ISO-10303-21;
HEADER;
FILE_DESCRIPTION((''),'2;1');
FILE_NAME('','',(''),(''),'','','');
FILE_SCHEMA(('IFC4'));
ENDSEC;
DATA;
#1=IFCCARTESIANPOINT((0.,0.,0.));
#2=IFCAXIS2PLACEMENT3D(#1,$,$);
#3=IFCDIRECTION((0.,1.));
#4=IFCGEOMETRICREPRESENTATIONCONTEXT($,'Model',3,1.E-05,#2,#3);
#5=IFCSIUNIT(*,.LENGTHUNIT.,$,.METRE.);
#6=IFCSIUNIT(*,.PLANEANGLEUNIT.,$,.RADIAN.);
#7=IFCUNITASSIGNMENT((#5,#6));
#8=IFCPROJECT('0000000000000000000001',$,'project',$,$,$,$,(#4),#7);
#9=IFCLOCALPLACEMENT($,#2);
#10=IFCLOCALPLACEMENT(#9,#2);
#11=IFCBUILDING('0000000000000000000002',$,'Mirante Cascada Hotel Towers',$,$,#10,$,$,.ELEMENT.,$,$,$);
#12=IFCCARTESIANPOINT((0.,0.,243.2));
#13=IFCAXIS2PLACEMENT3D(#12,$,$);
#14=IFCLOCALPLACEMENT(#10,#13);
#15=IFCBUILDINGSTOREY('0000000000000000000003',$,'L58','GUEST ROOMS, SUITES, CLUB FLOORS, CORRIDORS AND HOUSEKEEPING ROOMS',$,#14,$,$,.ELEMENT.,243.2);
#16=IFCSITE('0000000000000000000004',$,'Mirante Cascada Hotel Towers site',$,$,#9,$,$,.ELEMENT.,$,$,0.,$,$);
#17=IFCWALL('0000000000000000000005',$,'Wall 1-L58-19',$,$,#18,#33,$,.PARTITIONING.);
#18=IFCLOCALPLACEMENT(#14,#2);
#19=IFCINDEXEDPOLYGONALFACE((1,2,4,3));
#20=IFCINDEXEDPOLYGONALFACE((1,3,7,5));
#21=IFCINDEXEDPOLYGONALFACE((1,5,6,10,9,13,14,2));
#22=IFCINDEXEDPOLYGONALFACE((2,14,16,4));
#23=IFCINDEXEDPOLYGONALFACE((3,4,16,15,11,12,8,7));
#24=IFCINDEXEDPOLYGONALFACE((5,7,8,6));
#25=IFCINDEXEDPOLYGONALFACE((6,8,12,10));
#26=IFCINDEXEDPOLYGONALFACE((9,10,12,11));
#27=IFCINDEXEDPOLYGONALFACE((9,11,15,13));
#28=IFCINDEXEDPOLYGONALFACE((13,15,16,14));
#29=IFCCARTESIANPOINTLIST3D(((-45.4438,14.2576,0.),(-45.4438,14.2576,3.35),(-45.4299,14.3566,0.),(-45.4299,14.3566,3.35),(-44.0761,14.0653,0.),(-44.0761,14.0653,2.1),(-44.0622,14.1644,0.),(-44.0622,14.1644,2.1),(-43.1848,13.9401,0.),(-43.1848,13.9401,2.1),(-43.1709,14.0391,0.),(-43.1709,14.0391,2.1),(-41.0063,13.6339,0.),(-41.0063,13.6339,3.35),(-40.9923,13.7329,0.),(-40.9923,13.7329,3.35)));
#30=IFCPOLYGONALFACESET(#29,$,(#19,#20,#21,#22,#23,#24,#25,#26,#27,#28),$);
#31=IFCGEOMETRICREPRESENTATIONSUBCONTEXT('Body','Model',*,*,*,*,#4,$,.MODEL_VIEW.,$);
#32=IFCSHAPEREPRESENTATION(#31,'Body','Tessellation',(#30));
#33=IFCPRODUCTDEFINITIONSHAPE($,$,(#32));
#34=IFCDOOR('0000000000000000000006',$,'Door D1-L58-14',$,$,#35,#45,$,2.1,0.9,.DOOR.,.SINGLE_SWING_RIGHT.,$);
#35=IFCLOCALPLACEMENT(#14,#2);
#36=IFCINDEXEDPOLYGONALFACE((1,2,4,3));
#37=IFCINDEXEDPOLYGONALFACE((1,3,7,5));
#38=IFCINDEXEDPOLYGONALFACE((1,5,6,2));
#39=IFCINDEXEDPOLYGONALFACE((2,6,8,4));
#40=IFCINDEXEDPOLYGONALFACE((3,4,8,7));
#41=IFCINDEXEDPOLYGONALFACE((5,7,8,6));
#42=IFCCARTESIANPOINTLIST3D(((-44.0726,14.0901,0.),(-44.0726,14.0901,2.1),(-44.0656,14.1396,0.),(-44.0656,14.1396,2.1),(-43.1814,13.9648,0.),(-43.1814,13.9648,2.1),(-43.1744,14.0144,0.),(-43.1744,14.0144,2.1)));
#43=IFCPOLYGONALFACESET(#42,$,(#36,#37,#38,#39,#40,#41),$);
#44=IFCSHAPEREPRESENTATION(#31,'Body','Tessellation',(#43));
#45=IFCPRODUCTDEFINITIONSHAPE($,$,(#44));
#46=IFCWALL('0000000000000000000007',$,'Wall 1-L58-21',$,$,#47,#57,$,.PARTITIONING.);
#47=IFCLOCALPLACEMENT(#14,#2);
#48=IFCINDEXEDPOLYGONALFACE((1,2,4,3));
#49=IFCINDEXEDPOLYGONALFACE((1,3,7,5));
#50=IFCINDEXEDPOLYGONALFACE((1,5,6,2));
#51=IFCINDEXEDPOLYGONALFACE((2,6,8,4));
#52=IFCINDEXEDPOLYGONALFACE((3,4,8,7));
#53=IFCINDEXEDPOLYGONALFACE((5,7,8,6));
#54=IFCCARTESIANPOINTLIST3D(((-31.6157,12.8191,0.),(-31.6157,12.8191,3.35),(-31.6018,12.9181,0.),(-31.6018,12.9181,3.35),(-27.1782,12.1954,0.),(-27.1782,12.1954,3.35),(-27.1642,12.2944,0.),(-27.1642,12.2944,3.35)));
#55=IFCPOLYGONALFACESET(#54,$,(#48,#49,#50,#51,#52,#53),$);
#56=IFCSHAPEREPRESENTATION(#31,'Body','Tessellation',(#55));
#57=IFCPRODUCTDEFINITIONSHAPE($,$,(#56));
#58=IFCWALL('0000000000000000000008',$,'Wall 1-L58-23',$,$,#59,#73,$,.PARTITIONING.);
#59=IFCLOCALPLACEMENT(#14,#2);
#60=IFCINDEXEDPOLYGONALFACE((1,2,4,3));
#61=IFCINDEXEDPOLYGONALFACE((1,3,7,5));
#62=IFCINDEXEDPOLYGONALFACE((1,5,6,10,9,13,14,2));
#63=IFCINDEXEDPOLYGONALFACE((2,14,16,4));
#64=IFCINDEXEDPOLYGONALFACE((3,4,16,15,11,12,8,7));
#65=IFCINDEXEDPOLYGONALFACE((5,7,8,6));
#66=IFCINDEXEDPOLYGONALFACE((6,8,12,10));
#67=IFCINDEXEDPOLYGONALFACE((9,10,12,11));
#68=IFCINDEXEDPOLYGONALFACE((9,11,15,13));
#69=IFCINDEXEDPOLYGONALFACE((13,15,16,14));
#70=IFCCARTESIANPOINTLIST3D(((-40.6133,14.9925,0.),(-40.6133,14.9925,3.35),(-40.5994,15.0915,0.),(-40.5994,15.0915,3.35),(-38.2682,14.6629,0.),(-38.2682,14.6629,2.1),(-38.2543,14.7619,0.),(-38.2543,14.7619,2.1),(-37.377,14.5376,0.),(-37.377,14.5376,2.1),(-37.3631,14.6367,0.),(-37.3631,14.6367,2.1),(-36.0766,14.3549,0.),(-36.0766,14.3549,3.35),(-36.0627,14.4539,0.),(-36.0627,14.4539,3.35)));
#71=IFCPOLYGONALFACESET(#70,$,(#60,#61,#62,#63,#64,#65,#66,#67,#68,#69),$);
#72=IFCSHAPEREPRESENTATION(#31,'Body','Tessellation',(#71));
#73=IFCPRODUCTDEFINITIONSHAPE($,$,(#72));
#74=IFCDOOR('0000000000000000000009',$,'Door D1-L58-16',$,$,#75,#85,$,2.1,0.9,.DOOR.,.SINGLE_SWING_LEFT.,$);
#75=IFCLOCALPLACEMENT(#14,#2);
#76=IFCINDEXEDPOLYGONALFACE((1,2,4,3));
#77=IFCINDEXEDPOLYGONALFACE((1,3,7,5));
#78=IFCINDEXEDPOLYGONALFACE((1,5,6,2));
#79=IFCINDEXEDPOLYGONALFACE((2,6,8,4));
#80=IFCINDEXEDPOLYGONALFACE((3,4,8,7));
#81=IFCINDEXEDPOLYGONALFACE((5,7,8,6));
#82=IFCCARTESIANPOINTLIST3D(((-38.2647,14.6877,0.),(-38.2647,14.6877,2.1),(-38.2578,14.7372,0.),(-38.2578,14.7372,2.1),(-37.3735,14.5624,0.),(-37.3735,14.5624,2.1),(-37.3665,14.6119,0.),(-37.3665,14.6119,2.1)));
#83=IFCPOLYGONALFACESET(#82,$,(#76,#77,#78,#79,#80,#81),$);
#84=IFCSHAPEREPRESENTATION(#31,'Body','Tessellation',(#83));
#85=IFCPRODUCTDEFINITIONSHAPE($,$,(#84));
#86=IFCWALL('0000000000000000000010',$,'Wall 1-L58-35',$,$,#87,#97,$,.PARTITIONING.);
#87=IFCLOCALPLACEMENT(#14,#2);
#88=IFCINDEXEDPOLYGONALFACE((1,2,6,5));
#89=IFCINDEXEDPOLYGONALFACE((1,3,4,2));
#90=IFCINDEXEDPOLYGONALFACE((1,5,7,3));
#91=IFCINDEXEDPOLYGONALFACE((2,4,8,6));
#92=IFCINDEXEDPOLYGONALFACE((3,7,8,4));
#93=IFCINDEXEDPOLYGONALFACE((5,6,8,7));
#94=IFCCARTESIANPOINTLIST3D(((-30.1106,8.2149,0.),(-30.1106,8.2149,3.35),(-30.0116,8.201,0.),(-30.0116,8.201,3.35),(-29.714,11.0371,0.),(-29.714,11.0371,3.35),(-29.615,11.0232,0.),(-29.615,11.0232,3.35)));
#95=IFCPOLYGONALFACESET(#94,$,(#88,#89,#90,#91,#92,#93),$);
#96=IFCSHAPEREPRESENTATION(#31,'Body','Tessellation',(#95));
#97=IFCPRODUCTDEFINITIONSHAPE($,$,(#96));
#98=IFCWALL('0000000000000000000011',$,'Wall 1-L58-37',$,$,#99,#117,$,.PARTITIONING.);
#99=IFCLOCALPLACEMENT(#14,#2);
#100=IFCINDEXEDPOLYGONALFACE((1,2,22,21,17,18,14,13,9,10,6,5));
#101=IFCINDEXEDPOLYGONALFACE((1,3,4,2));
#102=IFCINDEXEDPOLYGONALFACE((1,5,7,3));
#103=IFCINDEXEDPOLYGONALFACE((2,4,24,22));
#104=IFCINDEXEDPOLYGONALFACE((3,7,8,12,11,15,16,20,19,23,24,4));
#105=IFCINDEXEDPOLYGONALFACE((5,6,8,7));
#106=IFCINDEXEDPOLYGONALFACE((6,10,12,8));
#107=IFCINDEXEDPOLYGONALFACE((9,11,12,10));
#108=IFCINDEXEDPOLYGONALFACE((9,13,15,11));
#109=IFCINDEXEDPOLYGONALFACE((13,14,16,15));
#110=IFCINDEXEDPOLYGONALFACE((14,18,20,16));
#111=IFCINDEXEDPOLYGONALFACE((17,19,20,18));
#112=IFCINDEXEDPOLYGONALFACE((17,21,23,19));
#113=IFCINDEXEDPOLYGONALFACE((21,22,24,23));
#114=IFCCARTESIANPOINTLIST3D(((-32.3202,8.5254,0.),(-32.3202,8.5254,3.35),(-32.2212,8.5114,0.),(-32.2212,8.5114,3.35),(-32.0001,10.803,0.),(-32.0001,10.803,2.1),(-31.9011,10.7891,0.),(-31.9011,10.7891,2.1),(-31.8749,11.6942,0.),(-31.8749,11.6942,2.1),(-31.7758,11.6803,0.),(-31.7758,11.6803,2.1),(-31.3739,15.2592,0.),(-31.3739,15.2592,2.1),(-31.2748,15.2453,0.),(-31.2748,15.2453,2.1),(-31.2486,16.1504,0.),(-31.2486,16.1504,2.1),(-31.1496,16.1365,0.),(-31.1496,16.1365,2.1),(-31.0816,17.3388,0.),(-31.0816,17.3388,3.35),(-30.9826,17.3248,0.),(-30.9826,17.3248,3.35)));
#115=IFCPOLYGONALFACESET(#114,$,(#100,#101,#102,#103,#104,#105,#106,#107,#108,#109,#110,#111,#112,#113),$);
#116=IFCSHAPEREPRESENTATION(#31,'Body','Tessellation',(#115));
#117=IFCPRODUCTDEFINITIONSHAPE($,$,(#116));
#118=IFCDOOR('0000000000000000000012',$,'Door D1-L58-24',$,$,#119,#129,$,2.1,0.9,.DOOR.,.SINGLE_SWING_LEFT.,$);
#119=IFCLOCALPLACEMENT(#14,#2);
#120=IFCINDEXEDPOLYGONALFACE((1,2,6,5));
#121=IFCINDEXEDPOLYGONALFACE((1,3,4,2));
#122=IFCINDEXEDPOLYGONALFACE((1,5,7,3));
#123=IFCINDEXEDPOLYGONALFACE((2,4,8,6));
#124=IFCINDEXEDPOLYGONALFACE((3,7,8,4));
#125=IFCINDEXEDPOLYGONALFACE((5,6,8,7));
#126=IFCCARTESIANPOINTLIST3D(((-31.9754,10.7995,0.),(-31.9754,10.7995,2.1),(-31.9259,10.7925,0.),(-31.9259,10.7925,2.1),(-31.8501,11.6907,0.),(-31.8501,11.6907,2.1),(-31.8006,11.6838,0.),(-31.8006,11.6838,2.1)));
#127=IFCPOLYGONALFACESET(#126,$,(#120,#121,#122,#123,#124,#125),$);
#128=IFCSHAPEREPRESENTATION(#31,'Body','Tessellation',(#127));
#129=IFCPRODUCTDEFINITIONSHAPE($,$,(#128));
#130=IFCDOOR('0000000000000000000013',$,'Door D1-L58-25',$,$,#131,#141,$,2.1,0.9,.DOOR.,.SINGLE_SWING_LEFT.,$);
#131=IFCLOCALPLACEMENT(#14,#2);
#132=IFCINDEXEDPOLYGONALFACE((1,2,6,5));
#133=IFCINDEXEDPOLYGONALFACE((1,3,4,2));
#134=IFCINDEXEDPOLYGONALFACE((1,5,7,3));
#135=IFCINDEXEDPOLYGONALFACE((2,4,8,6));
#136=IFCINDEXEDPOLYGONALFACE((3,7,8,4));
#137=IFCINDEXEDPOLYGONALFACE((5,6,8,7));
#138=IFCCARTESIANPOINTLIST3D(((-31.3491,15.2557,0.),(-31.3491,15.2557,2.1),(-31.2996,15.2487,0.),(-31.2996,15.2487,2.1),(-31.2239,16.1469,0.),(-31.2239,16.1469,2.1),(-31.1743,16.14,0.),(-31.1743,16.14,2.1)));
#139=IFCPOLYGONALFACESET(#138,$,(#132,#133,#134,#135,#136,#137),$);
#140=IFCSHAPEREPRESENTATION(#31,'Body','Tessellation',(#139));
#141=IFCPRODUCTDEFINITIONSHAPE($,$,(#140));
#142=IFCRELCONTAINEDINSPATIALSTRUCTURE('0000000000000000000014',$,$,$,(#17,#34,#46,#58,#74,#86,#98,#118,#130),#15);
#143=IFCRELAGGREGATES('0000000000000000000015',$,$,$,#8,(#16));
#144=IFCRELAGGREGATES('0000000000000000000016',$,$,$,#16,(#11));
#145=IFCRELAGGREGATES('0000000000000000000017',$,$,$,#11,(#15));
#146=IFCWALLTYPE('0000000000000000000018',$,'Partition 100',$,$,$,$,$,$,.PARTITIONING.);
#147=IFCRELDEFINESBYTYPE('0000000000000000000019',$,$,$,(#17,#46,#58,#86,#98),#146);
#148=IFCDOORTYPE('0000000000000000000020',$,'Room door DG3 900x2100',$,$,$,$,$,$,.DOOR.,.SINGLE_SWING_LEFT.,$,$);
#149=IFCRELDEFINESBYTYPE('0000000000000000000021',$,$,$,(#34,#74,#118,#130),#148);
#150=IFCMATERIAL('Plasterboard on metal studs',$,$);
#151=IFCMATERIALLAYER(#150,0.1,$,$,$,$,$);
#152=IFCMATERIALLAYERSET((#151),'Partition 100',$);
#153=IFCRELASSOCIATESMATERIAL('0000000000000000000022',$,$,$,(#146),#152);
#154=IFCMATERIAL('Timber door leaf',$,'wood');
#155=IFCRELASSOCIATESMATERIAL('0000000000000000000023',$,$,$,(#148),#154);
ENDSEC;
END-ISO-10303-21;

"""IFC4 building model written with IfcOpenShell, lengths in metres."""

from ifc_helpers import new_model, si_unit, direction, frame, frame_2d, origin, place, context, subcontext, project, spatial, rectangle, extrude, material, layer, layer_set, type_object, element, fill, save


model = new_model("IFC4")

# Units and contexts
model_context = context("Model", 3, precision=1e-05, world=origin(), true_north=direction((0.0, 1.0)))
body_context = subcontext(model_context, "Body", "Model", "MODEL_VIEW")
ifc_project = project(units=[si_unit("LENGTHUNIT", "METRE"), si_unit("PLANEANGLEUNIT", "RADIAN")], contexts=[model_context])

# Site, building, storey
site_placement = place(None, origin())
site = spatial("IfcSite", under=ifc_project, at=site_placement, Name="Mirante Cascada Hotel Towers site", CompositionType="ELEMENT", RefElevation=0.0)
building_placement = place(site_placement, origin())
building = spatial("IfcBuilding", under=site, at=building_placement, Name="Mirante Cascada Hotel Towers", CompositionType="ELEMENT")
storey_placement = place(building_placement, frame((0.0, 0.0, 243.2)))
storey = spatial("IfcBuildingStorey", under=building, at=storey_placement, Name="L58", Description="GUEST ROOMS, SUITES, CLUB FLOORS, CORRIDORS AND HOUSEKEEPING ROOMS", CompositionType="ELEMENT", Elevation=243.2)

# Shared definitions
ifc_material_1 = material(Name="Plasterboard on metal studs")
ifc_layer_1 = layer(ifc_material_1, 0.1)
ifc_layer_set_1 = layer_set([ifc_layer_1], Name="Partition 100")
wall_type_1 = type_object("IfcWallType", Name="Partition 100", PredefinedType="PARTITIONING", material=ifc_layer_set_1)
ifc_material_2 = material(Name="Timber door leaf", Category="wood")
door_type_1 = type_object("IfcDoorType", Name="Room door DG3 900x2100", OperationType="SINGLE_SWING_LEFT", PredefinedType="DOOR", material=ifc_material_2)

# Wall, opening, door
wall_1_placement = place(storey_placement, frame((-40.9993, 13.6834, 0.0), z_axis=(0.0, 0.0, 1.0), x_axis=(-0.990267, 0.139181, 0.0)))
wall_1 = element("IfcWall", 1, at=wall_1_placement, inside=storey, type_object=wall_type_1, Name="Wall 1-L58-19", PredefinedType="PARTITIONING", context=body_context, shape_type="SweptSolid", body=[
    extrude(rectangle(XDim=4.4812, YDim=0.1, at=frame_2d((2.2406, 0.0))), origin(), (0.0, 0.0, 1.0), 3.35),
])
opening_1_placement = place(wall_1_placement, frame((2.2, 0.0, 0.0)))
opening_1 = element("IfcOpeningElement", 2, at=opening_1_placement, cuts=wall_1, PredefinedType="OPENING", context=body_context, shape_type="SweptSolid", body=[
    extrude(rectangle(XDim=0.9, YDim=2.1, at=frame_2d((0.45, 1.05))), frame((0.0, 0.05, 0.0), z_axis=(0.0, -1.0, 0.0), x_axis=(1.0, 0.0, 0.0)), (0.0, 0.0, 1.0), 0.1),
])
door_1_placement = place(opening_1_placement, frame((0.9, 0.0, 0.0), z_axis=(0.0, 0.0, 1.0), x_axis=(-1.0, 0.0, 0.0)))
door_1 = element("IfcDoor", 3, at=door_1_placement, inside=storey, type_object=door_type_1, Name="Door D1-L58-14", OperationType="SINGLE_SWING_RIGHT", OverallHeight=2.1, OverallWidth=0.9, PredefinedType="DOOR", context=body_context, shape_type="SweptSolid", body=[
    extrude(rectangle(XDim=0.9, YDim=2.1, at=frame_2d((0.45, 1.05))), frame((0.0, 0.025, 0.0), z_axis=(0.0, -1.0, 0.0), x_axis=(1.0, 0.0, 0.0)), (0.0, 0.0, 1.0), 0.05),
])
fill(opening_1, door_1)

# Wall
wall_2_placement = place(storey_placement, frame((-27.1712, 12.2449, 0.0), z_axis=(0.0, 0.0, 1.0), x_axis=(-0.990267, 0.139181, 0.0)))
element("IfcWall", 4, at=wall_2_placement, inside=storey, type_object=wall_type_1, Name="Wall 1-L58-21", PredefinedType="PARTITIONING", context=body_context, shape_type="SweptSolid", body=[
    extrude(rectangle(XDim=4.4812, YDim=0.1, at=frame_2d((2.2406, 0.0))), origin(), (0.0, 0.0, 1.0), 3.35),
])

# Wall, opening, door
wall_3_placement = place(storey_placement, frame((-36.0697, 14.4044, 0.0), z_axis=(0.0, 0.0, 1.0), x_axis=(-0.990268, 0.139175, 0.0)))
wall_3 = element("IfcWall", 5, at=wall_3_placement, inside=storey, type_object=wall_type_1, Name="Wall 1-L58-23", PredefinedType="PARTITIONING", context=body_context, shape_type="SweptSolid", body=[
    extrude(rectangle(XDim=4.5813, YDim=0.1, at=frame_2d((2.2906, 0.0))), origin(), (0.0, 0.0, 1.0), 3.35),
])
opening_2_placement = place(wall_3_placement, frame((1.3131, 0.0, 0.0)))
opening_2 = element("IfcOpeningElement", 6, at=opening_2_placement, cuts=wall_3, PredefinedType="OPENING", context=body_context, shape_type="SweptSolid", body=[
    extrude(rectangle(XDim=0.9, YDim=2.1, at=frame_2d((0.45, 1.05))), frame((0.0, 0.05, 0.0), z_axis=(0.0, -1.0, 0.0), x_axis=(1.0, 0.0, 0.0)), (0.0, 0.0, 1.0), 0.1),
])
door_2_placement = place(opening_2_placement, origin())
door_2 = element("IfcDoor", 7, at=door_2_placement, inside=storey, type_object=door_type_1, Name="Door D1-L58-16", OperationType="SINGLE_SWING_LEFT", OverallHeight=2.1, OverallWidth=0.9, PredefinedType="DOOR", context=body_context, shape_type="SweptSolid", body=[
    extrude(rectangle(XDim=0.9, YDim=2.1, at=frame_2d((0.45, 1.05))), frame((0.0, 0.025, 0.0), z_axis=(0.0, -1.0, 0.0), x_axis=(1.0, 0.0, 0.0)), (0.0, 0.0, 1.0), 0.05),
])
fill(opening_2, door_2)

# Wall
wall_4_placement = place(storey_placement, frame((-30.0611, 8.2079, 0.0), z_axis=(0.0, 0.0, 1.0), x_axis=(0.139161, 0.99027, 0.0)))
element("IfcWall", 8, at=wall_4_placement, inside=storey, type_object=wall_type_1, Name="Wall 1-L58-35", PredefinedType="PARTITIONING", context=body_context, shape_type="SweptSolid", body=[
    extrude(rectangle(XDim=2.8499, YDim=0.1, at=frame_2d((1.425, 0.0))), origin(), (0.0, 0.0, 1.0), 3.35),
])

# Wall, openings, doors
wall_5_placement = place(storey_placement, frame((-32.2707, 8.5184, 0.0), z_axis=(0.0, 0.0, 1.0), x_axis=(0.139168, 0.990269, 0.0)))
wall_5 = element("IfcWall", 9, at=wall_5_placement, inside=storey, type_object=wall_type_1, Name="Wall 1-L58-37", PredefinedType="PARTITIONING", context=body_context, shape_type="SweptSolid", body=[
    extrude(rectangle(XDim=8.9, YDim=0.1, at=frame_2d((4.45, 0.0))), origin(), (0.0, 0.0, 1.0), 3.35),
])
opening_3_placement = place(wall_5_placement, frame((2.3, 0.0, 0.0)))
opening_3 = element("IfcOpeningElement", 10, at=opening_3_placement, cuts=wall_5, PredefinedType="OPENING", context=body_context, shape_type="SweptSolid", body=[
    extrude(rectangle(XDim=0.9, YDim=2.1, at=frame_2d((0.45, 1.05))), frame((0.0, 0.05, 0.0), z_axis=(0.0, -1.0, 0.0), x_axis=(1.0, 0.0, 0.0)), (0.0, 0.0, 1.0), 0.1),
])
opening_4_placement = place(wall_5_placement, frame((6.8, 0.0, 0.0)))
opening_4 = element("IfcOpeningElement", 11, at=opening_4_placement, cuts=wall_5, PredefinedType="OPENING", context=body_context, shape_type="SweptSolid", body=[
    extrude(rectangle(XDim=0.9, YDim=2.1, at=frame_2d((0.45, 1.05))), frame((0.0, 0.05, 0.0), z_axis=(0.0, -1.0, 0.0), x_axis=(1.0, 0.0, 0.0)), (0.0, 0.0, 1.0), 0.1),
])
door_3_placement = place(opening_3_placement, origin())
door_3 = element("IfcDoor", 12, at=door_3_placement, inside=storey, type_object=door_type_1, Name="Door D1-L58-24", OperationType="SINGLE_SWING_LEFT", OverallHeight=2.1, OverallWidth=0.9, PredefinedType="DOOR", context=body_context, shape_type="SweptSolid", body=[
    extrude(rectangle(XDim=0.9, YDim=2.1, at=frame_2d((0.45, 1.05))), frame((0.0, 0.025, 0.0), z_axis=(0.0, -1.0, 0.0), x_axis=(1.0, 0.0, 0.0)), (0.0, 0.0, 1.0), 0.05),
])
fill(opening_3, door_3)
door_4_placement = place(opening_4_placement, origin())
door_4 = element("IfcDoor", 13, at=door_4_placement, inside=storey, type_object=door_type_1, Name="Door D1-L58-25", OperationType="SINGLE_SWING_LEFT", OverallHeight=2.1, OverallWidth=0.9, PredefinedType="DOOR", context=body_context, shape_type="SweptSolid", body=[
    extrude(rectangle(XDim=0.9, YDim=2.1, at=frame_2d((0.45, 1.05))), frame((0.0, 0.025, 0.0), z_axis=(0.0, -1.0, 0.0), x_axis=(1.0, 0.0, 0.0)), (0.0, 0.0, 1.0), 0.05),
])
fill(opening_4, door_4)

save(model, "model.ifc")
